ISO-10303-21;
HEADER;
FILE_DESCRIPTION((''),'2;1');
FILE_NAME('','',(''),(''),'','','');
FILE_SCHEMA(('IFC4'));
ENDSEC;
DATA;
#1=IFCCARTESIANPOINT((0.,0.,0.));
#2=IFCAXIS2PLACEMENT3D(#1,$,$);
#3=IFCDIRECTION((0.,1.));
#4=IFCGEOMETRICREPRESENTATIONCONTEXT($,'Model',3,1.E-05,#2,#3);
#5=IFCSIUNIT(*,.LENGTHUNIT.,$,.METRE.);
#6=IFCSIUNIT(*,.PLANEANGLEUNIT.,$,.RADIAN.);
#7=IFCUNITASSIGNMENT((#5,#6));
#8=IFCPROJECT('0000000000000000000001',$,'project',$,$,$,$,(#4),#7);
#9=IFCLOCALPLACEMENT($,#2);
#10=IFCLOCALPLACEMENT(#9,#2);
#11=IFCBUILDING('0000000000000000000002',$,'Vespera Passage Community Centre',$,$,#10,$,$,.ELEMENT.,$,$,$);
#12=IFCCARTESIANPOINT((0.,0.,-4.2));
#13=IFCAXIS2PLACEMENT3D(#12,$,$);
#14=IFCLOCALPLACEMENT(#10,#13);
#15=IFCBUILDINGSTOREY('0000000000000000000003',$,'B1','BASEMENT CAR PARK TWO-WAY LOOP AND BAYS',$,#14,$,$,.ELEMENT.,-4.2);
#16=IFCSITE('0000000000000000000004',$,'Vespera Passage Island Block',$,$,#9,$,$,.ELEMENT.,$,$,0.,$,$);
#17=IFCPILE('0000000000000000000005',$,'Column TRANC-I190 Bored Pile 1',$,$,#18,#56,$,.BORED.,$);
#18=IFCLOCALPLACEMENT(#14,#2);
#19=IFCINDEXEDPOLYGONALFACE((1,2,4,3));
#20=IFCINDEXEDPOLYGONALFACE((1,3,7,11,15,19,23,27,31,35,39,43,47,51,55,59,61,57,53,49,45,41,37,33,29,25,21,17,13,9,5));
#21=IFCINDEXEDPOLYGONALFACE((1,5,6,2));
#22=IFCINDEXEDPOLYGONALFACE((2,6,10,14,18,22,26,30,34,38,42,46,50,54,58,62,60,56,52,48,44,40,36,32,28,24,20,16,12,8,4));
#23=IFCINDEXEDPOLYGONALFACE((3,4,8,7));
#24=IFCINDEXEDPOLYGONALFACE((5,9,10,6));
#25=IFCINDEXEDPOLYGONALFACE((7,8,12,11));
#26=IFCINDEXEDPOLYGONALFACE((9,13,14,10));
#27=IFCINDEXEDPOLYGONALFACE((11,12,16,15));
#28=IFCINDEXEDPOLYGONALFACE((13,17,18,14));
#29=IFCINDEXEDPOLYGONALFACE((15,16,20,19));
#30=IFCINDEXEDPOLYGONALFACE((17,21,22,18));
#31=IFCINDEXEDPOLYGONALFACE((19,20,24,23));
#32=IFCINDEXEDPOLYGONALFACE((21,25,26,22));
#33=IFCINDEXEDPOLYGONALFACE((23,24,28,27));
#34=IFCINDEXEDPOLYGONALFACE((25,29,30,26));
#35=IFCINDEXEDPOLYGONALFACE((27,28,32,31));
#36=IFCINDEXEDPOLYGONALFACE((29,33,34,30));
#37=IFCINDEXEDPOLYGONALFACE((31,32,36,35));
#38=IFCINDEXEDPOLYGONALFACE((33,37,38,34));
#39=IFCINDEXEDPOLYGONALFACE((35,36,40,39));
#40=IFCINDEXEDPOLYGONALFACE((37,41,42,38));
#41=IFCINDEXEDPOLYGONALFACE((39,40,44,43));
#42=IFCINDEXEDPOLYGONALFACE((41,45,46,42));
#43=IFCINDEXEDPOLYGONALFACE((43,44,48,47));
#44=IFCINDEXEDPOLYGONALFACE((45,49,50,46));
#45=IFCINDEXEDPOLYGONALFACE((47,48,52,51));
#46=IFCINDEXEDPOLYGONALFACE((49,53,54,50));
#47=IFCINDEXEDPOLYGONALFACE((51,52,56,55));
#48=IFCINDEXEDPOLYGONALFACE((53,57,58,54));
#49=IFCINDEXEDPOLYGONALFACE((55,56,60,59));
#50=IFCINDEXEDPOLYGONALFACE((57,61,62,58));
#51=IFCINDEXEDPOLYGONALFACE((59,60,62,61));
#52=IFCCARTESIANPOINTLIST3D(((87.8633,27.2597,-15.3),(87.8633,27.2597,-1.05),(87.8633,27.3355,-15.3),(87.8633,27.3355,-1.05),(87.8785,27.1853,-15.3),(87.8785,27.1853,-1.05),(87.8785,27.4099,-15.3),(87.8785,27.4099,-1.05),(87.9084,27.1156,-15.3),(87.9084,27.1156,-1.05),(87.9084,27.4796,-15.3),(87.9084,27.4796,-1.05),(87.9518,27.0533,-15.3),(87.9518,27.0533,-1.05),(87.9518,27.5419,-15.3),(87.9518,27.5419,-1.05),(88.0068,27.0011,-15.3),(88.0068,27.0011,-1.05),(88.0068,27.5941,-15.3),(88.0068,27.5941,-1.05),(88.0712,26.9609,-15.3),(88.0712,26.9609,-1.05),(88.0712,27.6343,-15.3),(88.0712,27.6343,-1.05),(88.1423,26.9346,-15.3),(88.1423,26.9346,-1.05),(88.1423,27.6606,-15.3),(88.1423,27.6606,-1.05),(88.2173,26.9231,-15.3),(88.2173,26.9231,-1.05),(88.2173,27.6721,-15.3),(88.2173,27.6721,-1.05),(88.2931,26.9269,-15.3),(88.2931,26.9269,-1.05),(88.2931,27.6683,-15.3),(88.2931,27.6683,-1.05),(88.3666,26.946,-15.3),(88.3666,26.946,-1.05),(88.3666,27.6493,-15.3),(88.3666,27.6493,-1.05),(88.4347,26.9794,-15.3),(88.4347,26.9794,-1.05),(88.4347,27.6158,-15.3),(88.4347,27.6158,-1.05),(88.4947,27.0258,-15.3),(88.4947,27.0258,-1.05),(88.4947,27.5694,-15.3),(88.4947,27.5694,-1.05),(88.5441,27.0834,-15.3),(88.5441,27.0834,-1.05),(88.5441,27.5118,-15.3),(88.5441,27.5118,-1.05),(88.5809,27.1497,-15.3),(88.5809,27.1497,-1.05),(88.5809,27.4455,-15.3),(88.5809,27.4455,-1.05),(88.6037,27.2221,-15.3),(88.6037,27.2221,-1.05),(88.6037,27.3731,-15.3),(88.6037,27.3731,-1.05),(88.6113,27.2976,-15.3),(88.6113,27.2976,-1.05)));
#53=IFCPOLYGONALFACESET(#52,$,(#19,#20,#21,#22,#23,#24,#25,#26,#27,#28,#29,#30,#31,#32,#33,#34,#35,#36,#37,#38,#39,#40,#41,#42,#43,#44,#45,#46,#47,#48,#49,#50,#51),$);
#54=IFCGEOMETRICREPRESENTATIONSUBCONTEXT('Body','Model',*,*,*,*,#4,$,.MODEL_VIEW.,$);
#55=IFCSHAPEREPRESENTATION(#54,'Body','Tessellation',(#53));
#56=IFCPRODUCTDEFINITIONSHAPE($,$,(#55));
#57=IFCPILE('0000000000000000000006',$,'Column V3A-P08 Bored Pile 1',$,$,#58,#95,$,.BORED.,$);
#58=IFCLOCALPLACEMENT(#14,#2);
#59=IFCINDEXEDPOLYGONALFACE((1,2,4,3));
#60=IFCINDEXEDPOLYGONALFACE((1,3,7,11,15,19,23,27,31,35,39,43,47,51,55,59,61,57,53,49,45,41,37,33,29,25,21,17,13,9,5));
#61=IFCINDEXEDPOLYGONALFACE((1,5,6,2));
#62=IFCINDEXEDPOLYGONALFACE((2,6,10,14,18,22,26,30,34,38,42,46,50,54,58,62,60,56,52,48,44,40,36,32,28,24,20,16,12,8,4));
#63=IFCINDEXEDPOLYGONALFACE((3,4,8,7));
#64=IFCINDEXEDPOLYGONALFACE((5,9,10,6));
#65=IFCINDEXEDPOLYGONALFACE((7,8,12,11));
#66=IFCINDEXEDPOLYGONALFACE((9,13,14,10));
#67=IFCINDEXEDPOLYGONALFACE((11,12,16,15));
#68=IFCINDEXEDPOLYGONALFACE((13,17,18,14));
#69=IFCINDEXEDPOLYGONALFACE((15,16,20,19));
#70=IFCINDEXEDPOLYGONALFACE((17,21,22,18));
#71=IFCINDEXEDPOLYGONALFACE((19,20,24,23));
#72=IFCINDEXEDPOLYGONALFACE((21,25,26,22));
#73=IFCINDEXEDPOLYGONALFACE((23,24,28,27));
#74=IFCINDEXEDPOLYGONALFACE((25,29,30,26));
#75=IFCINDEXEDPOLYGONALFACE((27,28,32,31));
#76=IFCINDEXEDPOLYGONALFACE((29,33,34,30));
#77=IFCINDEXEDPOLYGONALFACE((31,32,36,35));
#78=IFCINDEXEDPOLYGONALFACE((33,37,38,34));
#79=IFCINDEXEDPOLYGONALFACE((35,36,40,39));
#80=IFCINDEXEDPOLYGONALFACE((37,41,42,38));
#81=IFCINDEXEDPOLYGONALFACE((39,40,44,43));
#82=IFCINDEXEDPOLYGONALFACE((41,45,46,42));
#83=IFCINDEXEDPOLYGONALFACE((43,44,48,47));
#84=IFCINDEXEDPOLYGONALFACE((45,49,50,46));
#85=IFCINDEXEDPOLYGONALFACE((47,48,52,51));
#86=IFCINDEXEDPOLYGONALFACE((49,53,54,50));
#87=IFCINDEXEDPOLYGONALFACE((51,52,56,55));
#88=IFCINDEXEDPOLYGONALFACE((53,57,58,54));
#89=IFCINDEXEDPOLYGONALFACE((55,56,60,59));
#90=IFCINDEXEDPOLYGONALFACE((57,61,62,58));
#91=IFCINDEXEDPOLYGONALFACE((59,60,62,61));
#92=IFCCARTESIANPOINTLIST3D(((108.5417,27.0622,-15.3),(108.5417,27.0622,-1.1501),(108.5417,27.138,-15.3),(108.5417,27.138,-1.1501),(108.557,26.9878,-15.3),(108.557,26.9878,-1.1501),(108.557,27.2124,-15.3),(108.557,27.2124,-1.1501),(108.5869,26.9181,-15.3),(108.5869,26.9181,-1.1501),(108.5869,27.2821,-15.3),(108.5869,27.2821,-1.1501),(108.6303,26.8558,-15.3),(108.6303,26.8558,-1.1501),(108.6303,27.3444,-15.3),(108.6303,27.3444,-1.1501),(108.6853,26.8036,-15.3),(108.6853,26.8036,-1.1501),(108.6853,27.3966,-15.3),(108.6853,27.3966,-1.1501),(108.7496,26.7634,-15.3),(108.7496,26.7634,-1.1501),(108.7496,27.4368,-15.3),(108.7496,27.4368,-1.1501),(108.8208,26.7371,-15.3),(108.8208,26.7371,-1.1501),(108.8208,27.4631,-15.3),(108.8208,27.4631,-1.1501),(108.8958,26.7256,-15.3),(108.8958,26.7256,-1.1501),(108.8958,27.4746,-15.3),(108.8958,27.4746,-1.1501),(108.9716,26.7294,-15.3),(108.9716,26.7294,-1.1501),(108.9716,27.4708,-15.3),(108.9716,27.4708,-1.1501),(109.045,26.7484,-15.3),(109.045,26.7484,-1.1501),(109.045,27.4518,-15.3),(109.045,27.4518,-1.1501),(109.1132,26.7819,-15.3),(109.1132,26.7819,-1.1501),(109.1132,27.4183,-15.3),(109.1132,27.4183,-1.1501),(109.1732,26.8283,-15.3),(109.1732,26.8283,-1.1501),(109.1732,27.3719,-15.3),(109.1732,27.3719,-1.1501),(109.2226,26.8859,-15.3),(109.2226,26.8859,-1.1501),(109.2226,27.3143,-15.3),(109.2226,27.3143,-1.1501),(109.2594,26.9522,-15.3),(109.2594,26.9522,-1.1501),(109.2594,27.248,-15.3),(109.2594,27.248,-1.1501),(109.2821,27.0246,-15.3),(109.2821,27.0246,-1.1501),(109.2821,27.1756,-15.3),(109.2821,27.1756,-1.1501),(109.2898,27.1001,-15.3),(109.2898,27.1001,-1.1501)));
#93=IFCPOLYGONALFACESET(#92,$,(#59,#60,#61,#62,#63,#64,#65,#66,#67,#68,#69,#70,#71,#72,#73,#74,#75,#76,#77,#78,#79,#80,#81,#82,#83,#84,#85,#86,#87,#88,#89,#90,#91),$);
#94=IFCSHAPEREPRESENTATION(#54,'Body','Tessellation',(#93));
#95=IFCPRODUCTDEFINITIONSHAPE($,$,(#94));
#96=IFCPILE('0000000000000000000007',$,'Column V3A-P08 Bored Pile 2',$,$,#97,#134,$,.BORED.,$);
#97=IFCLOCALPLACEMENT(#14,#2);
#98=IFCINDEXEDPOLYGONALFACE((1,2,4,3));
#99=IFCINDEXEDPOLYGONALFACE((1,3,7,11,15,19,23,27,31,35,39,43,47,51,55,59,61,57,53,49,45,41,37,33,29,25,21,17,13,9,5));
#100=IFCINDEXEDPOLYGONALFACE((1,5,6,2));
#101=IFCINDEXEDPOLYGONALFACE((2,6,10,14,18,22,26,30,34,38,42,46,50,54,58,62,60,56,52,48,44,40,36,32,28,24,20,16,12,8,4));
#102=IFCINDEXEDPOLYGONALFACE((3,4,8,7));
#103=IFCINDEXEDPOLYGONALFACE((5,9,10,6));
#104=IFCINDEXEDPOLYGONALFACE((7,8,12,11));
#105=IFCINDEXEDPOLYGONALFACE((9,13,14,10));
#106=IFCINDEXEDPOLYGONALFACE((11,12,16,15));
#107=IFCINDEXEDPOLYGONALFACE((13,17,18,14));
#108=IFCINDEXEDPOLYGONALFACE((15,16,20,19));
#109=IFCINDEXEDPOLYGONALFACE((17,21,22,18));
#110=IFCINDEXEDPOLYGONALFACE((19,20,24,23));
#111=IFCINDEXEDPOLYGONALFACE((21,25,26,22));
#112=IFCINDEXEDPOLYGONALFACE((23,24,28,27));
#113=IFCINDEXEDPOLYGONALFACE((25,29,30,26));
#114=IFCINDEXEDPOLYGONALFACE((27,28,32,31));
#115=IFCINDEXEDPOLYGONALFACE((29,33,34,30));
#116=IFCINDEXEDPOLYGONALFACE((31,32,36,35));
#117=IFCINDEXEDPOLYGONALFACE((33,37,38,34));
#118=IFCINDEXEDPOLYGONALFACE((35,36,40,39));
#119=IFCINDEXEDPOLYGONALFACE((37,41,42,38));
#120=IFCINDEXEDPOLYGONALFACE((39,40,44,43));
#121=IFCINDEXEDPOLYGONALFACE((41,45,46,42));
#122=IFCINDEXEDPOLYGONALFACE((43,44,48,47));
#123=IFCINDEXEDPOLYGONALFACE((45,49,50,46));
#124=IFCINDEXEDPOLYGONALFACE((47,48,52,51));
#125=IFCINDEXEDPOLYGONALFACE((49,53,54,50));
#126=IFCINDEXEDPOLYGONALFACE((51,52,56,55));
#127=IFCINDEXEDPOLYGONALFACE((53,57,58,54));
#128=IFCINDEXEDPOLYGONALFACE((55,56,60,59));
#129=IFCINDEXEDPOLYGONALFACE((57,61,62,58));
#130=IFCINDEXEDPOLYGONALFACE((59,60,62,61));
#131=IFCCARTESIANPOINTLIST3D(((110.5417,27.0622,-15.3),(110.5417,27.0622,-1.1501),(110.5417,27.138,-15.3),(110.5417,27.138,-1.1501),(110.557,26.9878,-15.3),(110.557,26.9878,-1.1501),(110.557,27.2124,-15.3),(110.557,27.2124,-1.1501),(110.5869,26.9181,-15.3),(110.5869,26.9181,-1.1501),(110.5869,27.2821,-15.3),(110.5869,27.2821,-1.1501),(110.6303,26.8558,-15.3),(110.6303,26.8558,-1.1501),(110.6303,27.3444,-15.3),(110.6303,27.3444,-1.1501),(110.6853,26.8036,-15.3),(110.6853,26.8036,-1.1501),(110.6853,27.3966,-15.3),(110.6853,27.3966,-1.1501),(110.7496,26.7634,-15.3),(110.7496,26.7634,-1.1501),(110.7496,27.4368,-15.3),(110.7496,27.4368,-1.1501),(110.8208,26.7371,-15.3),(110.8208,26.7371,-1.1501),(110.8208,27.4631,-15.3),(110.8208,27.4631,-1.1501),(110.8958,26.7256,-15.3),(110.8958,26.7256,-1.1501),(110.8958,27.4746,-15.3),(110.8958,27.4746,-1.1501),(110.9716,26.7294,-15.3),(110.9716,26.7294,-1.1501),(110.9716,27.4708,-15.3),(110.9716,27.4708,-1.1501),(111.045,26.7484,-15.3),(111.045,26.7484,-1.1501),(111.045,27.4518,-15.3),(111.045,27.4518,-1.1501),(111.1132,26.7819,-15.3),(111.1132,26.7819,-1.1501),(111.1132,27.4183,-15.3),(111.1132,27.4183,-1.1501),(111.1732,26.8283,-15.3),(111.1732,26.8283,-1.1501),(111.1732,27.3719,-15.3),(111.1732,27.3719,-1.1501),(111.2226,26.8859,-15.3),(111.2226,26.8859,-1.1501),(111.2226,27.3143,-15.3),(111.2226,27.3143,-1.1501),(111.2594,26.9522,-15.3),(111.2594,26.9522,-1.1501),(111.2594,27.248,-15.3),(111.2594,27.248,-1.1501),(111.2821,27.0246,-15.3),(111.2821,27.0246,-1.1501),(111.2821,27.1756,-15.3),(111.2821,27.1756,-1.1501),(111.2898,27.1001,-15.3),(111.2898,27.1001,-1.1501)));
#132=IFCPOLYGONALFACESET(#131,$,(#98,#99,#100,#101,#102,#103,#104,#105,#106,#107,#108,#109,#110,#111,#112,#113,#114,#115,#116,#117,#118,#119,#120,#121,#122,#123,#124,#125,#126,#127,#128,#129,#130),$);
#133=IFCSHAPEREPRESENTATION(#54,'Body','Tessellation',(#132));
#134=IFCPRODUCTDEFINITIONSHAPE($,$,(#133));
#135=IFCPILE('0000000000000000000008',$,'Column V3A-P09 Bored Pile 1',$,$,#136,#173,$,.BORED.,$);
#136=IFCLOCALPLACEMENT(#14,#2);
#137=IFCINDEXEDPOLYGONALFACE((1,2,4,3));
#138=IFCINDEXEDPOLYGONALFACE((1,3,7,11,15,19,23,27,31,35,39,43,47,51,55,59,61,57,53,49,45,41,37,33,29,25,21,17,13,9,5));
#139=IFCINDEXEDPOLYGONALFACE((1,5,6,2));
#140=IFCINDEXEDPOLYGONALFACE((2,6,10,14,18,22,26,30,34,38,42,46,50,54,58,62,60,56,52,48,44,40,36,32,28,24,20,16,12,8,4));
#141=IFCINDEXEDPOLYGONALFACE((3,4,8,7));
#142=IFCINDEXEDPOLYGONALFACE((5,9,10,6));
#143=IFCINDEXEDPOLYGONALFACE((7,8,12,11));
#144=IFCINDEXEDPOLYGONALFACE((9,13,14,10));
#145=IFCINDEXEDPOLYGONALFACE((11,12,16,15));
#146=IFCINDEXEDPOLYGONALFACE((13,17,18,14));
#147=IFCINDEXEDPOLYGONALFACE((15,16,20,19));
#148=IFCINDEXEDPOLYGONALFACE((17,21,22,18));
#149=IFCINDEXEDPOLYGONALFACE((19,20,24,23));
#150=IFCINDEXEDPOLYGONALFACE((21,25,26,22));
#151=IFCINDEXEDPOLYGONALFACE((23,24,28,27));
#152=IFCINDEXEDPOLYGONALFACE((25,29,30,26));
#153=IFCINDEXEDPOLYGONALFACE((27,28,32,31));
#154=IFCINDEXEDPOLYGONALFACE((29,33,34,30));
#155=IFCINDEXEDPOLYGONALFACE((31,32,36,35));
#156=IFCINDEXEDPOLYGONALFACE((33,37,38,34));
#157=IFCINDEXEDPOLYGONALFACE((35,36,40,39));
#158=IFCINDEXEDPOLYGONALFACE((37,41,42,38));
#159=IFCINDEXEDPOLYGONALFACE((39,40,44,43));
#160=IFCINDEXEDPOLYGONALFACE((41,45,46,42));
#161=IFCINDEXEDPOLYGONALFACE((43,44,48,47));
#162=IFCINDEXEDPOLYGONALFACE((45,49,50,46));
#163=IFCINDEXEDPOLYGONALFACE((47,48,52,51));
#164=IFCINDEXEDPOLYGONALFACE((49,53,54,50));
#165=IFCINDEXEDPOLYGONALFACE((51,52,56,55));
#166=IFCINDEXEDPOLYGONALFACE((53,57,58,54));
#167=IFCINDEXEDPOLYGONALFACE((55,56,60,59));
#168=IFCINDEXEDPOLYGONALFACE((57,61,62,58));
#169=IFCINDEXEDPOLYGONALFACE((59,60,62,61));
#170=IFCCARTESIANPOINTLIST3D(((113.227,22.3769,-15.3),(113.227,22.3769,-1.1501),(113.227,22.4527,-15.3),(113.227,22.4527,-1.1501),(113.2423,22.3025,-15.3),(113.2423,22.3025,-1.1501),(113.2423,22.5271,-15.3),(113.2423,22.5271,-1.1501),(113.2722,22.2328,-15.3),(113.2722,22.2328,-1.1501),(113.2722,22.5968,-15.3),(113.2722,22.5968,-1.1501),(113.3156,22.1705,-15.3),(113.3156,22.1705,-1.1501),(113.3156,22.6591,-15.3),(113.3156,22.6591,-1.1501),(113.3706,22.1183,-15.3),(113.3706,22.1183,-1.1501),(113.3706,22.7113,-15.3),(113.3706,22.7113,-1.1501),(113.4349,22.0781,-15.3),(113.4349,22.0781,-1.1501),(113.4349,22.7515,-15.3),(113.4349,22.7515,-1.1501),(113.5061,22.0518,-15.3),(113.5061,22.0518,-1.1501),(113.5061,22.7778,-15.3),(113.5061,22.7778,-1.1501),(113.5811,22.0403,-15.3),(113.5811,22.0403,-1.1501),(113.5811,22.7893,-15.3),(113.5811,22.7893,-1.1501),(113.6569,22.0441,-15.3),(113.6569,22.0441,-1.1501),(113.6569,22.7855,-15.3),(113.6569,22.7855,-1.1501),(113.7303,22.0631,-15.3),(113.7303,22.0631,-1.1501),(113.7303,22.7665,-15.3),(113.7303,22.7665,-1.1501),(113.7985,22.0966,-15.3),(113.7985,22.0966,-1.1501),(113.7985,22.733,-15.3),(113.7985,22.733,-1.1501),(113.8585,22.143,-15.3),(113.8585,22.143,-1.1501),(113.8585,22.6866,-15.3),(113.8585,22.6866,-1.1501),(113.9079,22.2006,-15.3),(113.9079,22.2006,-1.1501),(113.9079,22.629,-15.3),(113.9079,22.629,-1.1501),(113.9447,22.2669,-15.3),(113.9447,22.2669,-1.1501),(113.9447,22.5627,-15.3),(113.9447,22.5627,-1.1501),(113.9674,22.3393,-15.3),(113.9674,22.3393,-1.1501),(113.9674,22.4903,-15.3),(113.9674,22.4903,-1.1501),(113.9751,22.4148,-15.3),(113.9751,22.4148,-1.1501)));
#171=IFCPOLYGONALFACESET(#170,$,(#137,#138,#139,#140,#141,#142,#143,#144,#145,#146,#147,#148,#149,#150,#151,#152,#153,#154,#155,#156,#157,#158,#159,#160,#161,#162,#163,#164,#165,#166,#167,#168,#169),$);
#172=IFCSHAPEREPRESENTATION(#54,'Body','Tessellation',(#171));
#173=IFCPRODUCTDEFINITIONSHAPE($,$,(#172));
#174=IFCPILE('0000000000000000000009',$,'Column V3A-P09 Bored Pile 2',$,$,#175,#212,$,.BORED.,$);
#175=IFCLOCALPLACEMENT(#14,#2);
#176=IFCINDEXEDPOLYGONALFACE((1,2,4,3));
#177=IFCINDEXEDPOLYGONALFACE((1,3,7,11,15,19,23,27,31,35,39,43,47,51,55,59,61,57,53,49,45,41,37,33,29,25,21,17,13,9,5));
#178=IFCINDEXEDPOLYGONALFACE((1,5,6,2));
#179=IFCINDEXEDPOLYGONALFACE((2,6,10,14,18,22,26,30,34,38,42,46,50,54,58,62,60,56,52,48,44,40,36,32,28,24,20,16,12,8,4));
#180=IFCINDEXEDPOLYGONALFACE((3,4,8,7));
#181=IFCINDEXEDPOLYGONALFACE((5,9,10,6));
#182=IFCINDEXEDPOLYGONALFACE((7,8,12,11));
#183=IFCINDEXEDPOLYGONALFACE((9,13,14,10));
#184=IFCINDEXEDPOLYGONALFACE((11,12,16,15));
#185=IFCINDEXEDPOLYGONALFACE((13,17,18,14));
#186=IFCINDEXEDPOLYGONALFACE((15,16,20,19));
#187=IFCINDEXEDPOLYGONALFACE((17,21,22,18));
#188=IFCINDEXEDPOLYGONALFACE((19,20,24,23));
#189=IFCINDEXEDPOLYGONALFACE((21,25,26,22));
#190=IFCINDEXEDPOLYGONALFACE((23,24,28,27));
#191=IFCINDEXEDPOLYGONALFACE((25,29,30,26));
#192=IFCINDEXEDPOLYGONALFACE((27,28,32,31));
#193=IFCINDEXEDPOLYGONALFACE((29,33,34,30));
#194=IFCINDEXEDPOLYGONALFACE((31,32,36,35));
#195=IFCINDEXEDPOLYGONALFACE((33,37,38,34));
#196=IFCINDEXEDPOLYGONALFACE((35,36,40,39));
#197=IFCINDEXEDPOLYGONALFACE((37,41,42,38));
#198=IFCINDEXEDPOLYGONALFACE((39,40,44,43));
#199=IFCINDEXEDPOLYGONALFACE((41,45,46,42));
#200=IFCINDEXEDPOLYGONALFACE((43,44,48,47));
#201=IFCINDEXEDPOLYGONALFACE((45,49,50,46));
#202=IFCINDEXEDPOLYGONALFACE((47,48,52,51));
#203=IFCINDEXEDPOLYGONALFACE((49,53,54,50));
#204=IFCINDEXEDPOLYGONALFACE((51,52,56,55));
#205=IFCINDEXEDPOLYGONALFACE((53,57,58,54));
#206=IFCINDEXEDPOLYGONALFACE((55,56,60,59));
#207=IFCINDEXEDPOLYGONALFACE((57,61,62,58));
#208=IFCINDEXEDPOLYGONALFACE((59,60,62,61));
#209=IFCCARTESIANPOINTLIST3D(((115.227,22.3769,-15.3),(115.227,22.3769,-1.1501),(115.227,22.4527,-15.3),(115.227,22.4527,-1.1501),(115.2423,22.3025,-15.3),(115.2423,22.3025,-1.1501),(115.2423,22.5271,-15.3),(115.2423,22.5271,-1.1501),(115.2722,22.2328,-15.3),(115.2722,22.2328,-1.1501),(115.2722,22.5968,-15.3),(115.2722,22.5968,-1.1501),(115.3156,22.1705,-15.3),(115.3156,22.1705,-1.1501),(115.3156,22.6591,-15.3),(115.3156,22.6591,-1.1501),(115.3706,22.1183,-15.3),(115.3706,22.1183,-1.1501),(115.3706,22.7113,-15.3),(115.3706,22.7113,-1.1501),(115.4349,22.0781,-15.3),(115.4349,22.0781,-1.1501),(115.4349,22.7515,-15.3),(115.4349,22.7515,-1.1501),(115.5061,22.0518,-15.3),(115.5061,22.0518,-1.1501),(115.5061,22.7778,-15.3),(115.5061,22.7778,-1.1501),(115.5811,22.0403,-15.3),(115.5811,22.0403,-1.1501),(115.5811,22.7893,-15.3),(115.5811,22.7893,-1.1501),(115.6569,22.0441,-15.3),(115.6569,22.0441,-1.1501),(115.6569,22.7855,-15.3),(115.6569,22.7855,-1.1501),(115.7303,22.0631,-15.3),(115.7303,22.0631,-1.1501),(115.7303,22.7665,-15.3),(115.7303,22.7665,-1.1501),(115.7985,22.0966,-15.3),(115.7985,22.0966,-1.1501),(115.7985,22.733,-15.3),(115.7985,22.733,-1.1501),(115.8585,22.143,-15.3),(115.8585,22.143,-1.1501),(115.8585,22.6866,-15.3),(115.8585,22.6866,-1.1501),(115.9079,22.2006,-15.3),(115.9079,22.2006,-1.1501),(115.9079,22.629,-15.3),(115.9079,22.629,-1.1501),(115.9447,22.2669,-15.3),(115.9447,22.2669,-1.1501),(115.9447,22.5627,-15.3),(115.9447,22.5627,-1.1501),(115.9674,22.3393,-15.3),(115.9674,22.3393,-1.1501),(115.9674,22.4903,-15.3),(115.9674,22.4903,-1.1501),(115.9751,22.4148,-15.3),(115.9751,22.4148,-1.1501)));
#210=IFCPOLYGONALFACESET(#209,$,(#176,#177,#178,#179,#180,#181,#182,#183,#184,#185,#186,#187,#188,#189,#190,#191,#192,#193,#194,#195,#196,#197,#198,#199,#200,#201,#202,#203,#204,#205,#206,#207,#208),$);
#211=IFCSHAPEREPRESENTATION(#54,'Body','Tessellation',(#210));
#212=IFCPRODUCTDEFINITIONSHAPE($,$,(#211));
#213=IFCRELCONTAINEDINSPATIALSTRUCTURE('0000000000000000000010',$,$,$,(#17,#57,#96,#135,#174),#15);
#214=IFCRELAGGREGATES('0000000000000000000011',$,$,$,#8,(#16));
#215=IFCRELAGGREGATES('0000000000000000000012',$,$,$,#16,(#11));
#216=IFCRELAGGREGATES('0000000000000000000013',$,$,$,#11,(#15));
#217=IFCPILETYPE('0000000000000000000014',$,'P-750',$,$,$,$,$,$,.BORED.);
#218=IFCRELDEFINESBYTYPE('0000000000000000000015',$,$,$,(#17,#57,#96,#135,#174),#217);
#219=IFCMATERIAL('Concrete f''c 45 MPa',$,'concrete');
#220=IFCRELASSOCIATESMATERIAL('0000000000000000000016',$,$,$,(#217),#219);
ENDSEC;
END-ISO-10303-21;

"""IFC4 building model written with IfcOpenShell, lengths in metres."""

from ifc_helpers import new_model, si_unit, direction, frame, origin, origin_2d, place, context, subcontext, project, spatial, circle, extrude, material, material_profile, profile_set, type_object, element, save


model = new_model("IFC4")

# Units and contexts
model_context = context("Model", 3, precision=1e-05, world=origin(), true_north=direction((0.0, 1.0)))
body_context = subcontext(model_context, "Body", "Model", "MODEL_VIEW")
ifc_project = project(units=[si_unit("LENGTHUNIT", "METRE"), si_unit("PLANEANGLEUNIT", "RADIAN")], contexts=[model_context])

# Site, building, storey
site_placement = place(None, origin())
site = spatial("IfcSite", under=ifc_project, at=site_placement, Name="Vespera Passage Island Block", CompositionType="ELEMENT", RefElevation=0.0)
building_placement = place(site_placement, origin())
building = spatial("IfcBuilding", under=site, at=building_placement, Name="Vespera Passage Community Centre", CompositionType="ELEMENT")
storey_placement = place(building_placement, frame((0.0, 0.0, -4.2)))
storey = spatial("IfcBuildingStorey", under=building, at=storey_placement, Name="B1", Description="BASEMENT CAR PARK TWO-WAY LOOP AND BAYS", CompositionType="ELEMENT", Elevation=-4.2)

# Piles
ifc_material_1 = material(Name="Concrete f'c 45 MPa", Category="concrete")
ifc_material_profile_1 = material_profile(ifc_material_1, circle(Radius=0.375, at=origin_2d()), Name="PILE750DIA")
ifc_profile_set_1 = profile_set([ifc_material_profile_1], Name="Concrete f'c 45 MPa")
pile_type_1 = type_object("IfcPileType", Name="P-750", PredefinedType="BORED", material=ifc_profile_set_1)
pile_1_placement = place(storey_placement, frame((88.2363, 27.2976, -1.05), z_axis=(0.0, 0.0, -1.0), x_axis=(1.0, 0.0, 0.0)))
element("IfcPile", 1, at=pile_1_placement, inside=storey, type_object=pile_type_1, Name="Column TRANC-I190 Bored Pile 1", PredefinedType="BORED", context=body_context, shape_type="SweptSolid", body=[
    extrude(circle(Radius=0.375, at=origin_2d()), origin(), (0.0, 0.0, 1.0), 14.25),
])
for number, where, z_axis, x_axis, name in (
    (2, (108.9148, 27.1001, -1.1501), (0.0, 0.0, -1.0), (1.0, 0.0, 0.0), "Column V3A-P08 Bored Pile 1"),
    (3, (110.9148, 27.1001, -1.1501), (0.0, 0.0, -1.0), (1.0, 0.0, 0.0), "Column V3A-P08 Bored Pile 2"),
    (4, (113.6001, 22.4148, -1.1501), (0.0, 0.0, -1.0), (1.0, 0.0, 0.0), "Column V3A-P09 Bored Pile 1"),
    (5, (115.6001, 22.4148, -1.1501), (0.0, 0.0, -1.0), (1.0, 0.0, 0.0), "Column V3A-P09 Bored Pile 2"),
):
    element("IfcPile", number, at=place(storey_placement, frame(where, z_axis=z_axis, x_axis=x_axis)), inside=storey, type_object=pile_type_1, Name=name, PredefinedType="BORED", context=body_context, shape_type="SweptSolid", body=[
        extrude(circle(Radius=0.375, at=origin_2d()), origin(), (0.0, 0.0, 1.0), 14.1499),
    ])

save(model, "model.ifc")
